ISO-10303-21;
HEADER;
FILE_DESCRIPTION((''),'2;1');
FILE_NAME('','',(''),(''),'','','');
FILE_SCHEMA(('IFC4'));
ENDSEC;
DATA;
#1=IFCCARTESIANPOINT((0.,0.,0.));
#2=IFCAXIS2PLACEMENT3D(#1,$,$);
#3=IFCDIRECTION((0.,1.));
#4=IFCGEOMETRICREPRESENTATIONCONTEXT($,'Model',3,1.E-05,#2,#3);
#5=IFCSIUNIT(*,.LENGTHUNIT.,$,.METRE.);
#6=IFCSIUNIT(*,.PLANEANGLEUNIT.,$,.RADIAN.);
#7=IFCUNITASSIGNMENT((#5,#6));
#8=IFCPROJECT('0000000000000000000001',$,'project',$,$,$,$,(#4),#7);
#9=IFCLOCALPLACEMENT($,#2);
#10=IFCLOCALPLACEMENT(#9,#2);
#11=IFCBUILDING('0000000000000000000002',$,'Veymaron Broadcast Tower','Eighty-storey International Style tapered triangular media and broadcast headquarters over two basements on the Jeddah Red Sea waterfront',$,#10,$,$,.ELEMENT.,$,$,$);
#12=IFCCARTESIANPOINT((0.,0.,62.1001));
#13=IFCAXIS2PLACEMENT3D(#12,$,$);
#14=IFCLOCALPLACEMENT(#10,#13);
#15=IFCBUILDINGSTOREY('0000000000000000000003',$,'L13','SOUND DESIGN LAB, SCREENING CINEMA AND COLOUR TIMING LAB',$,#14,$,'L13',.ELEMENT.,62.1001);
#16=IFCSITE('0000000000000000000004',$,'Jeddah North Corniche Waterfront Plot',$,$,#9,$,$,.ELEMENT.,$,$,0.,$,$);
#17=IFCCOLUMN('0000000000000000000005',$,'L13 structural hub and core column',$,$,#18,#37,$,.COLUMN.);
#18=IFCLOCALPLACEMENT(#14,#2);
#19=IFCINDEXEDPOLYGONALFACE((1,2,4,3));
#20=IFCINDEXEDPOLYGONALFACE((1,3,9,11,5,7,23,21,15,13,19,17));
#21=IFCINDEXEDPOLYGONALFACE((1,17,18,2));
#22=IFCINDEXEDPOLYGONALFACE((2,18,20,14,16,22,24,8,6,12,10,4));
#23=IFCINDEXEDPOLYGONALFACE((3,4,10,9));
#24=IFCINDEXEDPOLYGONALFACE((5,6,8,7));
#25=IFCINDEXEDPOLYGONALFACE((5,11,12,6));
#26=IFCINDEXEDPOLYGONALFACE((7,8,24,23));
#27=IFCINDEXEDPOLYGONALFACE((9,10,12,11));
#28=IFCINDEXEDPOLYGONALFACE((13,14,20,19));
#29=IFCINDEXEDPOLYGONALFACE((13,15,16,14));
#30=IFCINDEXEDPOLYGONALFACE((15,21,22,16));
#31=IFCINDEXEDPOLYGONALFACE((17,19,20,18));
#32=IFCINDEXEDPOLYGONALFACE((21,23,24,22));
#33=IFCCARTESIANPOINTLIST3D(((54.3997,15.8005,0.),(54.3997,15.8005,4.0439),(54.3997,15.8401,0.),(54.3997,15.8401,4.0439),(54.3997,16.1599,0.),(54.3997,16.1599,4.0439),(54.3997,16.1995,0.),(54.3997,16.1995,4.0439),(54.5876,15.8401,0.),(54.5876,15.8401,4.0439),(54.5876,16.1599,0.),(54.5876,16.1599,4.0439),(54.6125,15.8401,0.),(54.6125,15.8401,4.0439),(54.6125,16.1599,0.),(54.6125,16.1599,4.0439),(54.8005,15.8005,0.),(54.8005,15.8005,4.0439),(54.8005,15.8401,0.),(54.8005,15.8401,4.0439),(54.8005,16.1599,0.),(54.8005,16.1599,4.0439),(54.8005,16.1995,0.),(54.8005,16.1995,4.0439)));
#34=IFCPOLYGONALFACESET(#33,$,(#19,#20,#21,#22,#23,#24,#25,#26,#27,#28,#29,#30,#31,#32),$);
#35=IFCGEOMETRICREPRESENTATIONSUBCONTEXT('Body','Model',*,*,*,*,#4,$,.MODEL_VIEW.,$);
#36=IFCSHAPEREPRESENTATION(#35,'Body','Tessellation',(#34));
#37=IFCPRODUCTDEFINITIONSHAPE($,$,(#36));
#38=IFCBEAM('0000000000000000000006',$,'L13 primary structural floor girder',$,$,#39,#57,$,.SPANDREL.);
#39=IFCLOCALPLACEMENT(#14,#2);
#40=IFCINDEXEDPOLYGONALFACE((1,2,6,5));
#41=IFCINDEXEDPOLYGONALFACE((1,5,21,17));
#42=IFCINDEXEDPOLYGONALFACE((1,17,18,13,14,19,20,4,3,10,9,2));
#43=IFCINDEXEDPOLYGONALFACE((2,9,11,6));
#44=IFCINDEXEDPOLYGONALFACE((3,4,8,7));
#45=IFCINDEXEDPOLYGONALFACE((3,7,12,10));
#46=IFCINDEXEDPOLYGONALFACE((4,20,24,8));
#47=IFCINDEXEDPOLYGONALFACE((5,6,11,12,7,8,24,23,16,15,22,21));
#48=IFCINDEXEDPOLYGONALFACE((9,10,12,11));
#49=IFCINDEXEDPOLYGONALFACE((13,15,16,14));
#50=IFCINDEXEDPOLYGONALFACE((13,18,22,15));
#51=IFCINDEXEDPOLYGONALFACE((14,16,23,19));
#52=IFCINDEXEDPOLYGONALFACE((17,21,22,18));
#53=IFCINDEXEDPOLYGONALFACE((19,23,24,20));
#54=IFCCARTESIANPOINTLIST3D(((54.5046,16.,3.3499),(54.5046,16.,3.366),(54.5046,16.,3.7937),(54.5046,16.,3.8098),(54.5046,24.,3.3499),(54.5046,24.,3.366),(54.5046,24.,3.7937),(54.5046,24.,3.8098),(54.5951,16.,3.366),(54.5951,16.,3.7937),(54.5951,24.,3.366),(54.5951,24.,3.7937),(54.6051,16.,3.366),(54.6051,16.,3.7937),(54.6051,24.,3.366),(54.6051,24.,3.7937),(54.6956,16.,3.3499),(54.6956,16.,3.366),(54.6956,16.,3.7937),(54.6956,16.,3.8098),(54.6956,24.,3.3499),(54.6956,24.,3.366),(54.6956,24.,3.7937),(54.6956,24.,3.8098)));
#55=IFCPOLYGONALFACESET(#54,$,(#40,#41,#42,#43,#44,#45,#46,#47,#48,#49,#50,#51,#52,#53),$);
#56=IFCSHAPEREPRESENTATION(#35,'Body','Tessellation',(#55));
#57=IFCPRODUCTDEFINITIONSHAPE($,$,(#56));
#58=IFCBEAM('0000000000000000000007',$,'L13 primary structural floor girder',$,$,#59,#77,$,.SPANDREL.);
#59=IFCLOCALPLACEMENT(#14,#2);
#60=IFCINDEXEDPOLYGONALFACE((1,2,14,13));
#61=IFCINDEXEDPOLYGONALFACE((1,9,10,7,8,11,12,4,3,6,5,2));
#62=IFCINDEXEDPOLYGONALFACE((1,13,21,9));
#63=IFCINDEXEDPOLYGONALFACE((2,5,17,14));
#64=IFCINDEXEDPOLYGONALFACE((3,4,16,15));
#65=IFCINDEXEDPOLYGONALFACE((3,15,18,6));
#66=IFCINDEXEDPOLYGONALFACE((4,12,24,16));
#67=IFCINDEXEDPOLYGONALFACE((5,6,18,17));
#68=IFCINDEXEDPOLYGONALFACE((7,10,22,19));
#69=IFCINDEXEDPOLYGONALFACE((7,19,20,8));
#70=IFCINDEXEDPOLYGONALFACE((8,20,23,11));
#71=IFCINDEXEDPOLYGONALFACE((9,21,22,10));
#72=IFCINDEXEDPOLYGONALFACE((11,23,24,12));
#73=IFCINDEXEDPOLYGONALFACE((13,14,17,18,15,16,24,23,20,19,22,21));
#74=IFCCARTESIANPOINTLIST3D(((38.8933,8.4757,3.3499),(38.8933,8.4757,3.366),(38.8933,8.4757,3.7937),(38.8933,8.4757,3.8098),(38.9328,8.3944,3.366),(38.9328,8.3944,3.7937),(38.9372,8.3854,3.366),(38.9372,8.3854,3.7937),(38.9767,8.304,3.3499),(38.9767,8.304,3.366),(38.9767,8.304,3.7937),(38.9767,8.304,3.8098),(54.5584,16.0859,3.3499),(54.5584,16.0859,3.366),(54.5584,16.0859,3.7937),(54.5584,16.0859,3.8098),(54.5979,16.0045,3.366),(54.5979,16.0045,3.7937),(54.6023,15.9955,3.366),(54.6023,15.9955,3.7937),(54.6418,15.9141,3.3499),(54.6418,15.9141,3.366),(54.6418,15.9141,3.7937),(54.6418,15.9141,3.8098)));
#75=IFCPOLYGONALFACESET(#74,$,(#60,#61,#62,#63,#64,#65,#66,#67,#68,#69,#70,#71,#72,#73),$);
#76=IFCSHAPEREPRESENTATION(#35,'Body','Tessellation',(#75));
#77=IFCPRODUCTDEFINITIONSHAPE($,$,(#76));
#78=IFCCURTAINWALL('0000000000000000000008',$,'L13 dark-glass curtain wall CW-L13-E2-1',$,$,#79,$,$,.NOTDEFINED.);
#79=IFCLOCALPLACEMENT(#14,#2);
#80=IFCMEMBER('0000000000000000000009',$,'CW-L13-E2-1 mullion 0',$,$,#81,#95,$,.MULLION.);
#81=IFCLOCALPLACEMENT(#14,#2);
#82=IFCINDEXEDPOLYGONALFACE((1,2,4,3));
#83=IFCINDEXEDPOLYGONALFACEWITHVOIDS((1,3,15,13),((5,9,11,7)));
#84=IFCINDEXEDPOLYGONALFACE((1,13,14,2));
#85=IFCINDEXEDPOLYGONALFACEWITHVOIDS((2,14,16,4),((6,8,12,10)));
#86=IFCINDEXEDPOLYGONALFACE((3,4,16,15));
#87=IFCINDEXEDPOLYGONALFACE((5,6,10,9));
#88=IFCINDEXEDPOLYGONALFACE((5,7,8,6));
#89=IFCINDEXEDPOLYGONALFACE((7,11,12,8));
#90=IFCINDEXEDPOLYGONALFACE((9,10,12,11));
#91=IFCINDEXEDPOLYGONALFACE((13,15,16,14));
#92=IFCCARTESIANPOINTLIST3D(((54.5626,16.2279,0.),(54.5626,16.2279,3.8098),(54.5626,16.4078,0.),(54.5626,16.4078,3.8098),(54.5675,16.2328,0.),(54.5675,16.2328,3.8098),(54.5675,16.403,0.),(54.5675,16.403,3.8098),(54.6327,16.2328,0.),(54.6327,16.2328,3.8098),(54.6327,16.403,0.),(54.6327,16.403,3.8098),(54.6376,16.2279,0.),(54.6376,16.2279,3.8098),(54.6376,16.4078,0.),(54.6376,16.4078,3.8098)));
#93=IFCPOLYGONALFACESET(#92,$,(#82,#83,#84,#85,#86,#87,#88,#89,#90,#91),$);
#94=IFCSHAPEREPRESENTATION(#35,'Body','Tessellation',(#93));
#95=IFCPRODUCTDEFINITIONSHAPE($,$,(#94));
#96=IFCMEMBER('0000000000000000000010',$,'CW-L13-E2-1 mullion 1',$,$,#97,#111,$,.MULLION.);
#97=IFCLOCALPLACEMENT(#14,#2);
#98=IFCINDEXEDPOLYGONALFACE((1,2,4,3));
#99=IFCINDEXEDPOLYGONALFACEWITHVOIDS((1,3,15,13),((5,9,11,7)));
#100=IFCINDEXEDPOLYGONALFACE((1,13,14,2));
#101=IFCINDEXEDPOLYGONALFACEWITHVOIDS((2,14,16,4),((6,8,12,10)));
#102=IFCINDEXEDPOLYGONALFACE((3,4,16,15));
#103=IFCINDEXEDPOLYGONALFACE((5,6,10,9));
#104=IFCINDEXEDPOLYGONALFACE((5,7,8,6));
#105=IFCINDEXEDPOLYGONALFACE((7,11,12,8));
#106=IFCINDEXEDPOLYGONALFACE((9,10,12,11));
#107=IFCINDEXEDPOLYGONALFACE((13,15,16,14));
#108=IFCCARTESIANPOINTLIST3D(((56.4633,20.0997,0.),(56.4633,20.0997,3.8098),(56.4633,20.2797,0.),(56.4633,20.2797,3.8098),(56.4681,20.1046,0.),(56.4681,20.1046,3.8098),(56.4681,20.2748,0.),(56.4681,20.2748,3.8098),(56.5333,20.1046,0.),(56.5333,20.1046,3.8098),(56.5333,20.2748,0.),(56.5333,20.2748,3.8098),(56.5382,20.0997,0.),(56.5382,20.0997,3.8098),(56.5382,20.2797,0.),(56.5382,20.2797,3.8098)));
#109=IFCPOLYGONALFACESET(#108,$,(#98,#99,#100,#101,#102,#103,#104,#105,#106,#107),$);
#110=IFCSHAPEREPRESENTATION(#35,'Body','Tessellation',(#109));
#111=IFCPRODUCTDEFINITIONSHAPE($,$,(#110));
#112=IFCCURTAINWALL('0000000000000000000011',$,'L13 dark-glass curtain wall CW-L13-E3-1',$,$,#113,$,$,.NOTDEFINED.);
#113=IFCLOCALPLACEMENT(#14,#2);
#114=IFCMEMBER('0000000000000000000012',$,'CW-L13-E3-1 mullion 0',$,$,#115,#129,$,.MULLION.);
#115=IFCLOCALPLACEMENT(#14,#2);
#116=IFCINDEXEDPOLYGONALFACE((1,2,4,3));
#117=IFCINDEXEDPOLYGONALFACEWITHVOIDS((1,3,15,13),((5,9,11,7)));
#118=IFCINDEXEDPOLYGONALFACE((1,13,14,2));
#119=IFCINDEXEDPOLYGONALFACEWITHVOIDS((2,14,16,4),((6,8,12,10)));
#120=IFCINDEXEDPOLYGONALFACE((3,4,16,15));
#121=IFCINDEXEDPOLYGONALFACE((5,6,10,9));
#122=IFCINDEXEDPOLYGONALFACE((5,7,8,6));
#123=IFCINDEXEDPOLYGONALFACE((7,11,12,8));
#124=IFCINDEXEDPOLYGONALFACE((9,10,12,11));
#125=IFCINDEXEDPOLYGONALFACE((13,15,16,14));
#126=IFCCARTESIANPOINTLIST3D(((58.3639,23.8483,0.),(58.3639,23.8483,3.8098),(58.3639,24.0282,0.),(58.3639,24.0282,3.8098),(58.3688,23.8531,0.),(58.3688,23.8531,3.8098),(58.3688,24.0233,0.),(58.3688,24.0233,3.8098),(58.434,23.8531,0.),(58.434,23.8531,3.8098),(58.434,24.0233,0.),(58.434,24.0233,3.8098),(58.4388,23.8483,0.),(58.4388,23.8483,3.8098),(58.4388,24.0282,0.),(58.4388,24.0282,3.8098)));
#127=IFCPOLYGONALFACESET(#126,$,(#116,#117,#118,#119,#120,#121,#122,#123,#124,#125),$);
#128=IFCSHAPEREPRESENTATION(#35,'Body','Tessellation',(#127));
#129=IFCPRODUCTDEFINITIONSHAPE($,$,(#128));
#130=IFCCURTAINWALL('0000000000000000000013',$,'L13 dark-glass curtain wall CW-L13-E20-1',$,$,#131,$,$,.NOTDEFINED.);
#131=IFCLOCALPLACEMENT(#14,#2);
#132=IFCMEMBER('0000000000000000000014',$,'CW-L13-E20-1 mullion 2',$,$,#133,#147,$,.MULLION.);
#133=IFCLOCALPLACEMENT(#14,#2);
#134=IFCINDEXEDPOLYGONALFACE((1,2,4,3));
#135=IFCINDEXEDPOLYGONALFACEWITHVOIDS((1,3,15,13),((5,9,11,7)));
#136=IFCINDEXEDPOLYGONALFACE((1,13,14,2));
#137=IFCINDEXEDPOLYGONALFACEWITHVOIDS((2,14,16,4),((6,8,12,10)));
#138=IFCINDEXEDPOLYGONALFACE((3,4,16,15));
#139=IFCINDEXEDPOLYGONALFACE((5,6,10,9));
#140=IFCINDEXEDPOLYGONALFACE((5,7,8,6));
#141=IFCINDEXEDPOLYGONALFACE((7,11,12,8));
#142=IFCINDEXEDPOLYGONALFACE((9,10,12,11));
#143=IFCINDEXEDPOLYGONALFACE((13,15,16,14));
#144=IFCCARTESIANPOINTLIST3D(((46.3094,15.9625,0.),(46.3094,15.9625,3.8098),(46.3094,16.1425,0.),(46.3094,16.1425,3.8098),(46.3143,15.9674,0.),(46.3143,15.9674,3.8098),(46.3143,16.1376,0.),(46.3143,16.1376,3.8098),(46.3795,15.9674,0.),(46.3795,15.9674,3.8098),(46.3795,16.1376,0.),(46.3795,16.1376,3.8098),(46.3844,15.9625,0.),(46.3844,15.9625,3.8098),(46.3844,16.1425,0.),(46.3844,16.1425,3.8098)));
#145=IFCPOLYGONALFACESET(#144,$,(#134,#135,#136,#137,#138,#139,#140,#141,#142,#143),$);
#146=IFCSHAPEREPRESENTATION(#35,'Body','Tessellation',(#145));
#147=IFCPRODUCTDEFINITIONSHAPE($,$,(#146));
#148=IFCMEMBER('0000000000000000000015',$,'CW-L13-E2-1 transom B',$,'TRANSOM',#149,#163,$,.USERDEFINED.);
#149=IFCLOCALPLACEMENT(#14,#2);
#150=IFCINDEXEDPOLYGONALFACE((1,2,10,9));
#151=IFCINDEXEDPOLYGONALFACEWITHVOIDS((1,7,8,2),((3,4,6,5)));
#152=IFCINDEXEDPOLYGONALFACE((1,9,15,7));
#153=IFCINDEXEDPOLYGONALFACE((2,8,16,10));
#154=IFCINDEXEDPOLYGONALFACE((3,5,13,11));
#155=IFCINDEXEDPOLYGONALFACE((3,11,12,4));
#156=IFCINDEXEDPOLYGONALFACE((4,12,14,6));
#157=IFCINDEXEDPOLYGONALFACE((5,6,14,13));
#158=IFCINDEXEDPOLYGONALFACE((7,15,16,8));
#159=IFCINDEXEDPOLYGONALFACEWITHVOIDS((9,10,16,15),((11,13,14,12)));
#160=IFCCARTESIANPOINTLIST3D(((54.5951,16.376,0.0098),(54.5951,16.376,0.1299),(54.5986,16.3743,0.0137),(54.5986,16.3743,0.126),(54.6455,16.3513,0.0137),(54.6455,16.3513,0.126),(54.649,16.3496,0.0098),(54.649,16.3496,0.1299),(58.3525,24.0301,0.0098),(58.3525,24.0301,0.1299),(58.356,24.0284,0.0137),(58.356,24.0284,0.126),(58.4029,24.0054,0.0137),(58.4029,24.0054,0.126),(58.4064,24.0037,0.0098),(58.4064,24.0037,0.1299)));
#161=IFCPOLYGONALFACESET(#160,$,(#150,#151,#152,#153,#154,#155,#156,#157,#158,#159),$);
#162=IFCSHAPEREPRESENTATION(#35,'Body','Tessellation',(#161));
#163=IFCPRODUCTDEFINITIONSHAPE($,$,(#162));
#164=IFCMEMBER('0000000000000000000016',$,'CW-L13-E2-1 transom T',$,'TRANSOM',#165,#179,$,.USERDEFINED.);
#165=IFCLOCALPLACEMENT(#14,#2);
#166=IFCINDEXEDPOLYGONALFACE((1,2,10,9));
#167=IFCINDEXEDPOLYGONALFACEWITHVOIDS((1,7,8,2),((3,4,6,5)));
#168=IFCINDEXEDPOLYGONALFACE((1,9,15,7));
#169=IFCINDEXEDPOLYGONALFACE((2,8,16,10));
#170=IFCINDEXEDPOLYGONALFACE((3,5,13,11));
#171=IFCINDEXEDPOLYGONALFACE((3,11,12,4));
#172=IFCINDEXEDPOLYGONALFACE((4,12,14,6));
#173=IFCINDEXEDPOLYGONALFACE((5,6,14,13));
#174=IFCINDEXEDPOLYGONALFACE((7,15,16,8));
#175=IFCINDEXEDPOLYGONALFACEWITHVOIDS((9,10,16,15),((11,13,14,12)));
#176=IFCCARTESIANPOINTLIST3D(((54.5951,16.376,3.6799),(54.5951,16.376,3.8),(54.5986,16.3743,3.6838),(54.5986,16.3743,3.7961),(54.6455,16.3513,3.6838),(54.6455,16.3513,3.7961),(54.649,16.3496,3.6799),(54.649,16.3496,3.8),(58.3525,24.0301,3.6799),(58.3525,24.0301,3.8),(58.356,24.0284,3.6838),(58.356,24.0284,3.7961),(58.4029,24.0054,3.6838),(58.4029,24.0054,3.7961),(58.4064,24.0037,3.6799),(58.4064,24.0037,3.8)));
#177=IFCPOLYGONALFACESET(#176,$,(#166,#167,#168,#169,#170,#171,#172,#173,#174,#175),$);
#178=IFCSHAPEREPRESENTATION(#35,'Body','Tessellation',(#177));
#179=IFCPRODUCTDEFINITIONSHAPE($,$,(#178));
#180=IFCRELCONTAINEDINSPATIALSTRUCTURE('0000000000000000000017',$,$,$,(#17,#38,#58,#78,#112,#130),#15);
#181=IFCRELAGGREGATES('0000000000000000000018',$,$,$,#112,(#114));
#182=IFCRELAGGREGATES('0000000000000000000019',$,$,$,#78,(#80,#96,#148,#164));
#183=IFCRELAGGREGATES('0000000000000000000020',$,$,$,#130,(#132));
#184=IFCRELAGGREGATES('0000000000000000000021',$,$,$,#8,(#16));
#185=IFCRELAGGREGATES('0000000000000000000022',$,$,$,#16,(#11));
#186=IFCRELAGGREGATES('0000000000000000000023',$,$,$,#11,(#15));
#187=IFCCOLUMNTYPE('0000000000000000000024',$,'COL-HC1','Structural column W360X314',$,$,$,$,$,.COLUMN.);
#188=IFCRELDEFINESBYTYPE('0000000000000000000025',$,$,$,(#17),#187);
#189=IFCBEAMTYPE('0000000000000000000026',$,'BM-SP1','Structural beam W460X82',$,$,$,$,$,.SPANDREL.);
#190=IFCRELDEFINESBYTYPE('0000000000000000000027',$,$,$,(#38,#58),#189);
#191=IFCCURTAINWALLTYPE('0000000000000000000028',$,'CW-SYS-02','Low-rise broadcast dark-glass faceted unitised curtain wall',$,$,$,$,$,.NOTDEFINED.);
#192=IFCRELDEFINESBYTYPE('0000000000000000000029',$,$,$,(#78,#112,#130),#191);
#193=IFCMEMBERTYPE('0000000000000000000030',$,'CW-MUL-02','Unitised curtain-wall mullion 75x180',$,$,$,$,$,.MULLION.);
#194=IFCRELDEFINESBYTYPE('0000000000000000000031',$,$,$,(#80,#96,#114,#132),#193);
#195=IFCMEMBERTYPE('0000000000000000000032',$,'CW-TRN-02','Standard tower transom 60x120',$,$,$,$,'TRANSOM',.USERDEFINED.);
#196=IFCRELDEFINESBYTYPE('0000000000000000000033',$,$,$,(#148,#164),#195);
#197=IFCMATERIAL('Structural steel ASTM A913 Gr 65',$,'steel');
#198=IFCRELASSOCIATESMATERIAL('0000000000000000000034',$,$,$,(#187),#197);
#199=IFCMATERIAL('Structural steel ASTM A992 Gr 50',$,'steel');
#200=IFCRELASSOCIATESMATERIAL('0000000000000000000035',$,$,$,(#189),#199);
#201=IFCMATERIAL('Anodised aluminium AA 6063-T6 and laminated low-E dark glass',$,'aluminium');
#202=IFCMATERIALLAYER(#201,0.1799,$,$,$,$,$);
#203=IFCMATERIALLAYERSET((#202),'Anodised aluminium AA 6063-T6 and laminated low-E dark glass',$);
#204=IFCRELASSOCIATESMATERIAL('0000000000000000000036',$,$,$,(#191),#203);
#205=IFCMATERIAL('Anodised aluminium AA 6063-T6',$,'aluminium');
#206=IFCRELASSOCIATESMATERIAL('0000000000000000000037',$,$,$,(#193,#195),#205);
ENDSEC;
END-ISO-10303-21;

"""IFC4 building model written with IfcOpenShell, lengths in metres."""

from ifc_helpers import new_model, si_unit, direction, frame, origin, origin_2d, place, context, subcontext, project, spatial, hollow_rectangle, i_section, extrude, material, layer, layer_set, material_profile, profile_set, type_object, element, aggregate, save


model = new_model("IFC4")

# Units and contexts
model_context = context("Model", 3, precision=1e-05, world=origin(), true_north=direction((0.0, 1.0)))
body_context = subcontext(model_context, "Body", "Model", "MODEL_VIEW")
ifc_project = project(units=[si_unit("LENGTHUNIT", "METRE"), si_unit("PLANEANGLEUNIT", "RADIAN")], contexts=[model_context])

# Site, building, storey
site_placement = place(None, origin())
site = spatial("IfcSite", under=ifc_project, at=site_placement, Name="Jeddah North Corniche Waterfront Plot", CompositionType="ELEMENT", RefElevation=0.0)
building_placement = place(site_placement, origin())
building = spatial("IfcBuilding", under=site, at=building_placement, Name="Veymaron Broadcast Tower", Description="Eighty-storey International Style tapered triangular media and broadcast headquarters over two basements on the Jeddah Red Sea waterfront", CompositionType="ELEMENT")
storey_placement = place(building_placement, frame((0.0, 0.0, 62.1001)))
storey = spatial("IfcBuildingStorey", under=building, at=storey_placement, Name="L13", Description="SOUND DESIGN LAB, SCREENING CINEMA AND COLOUR TIMING LAB", LongName="L13", CompositionType="ELEMENT", Elevation=62.1001)

# Column
ifc_material_1 = material(Name="Structural steel ASTM A913 Gr 65", Category="steel")
ifc_material_profile_1 = material_profile(ifc_material_1, i_section(OverallWidth=0.4009, OverallDepth=0.3989, WebThickness=0.0249, FlangeThickness=0.0396, at=origin_2d()), Name="W360X314")
ifc_profile_set_1 = profile_set([ifc_material_profile_1], Name="Structural steel ASTM A913 Gr 65")
column_type = type_object("IfcColumnType", Name="COL-HC1", Description="Structural column W360X314", PredefinedType="COLUMN", material=ifc_profile_set_1)
column_placement = place(storey_placement, frame((54.6001, 16.0, 0.0), z_axis=(0.0, 0.0, 1.0), x_axis=(1.0, 0.0, 0.0)))
element("IfcColumn", 1, at=column_placement, inside=storey, type_object=column_type, Name="L13 structural hub and core column", PredefinedType="COLUMN", context=body_context, shape_type="SweptSolid", body=[
    extrude(i_section(OverallWidth=0.4009, OverallDepth=0.3989, WebThickness=0.0249, FlangeThickness=0.0396, at=origin_2d()), origin(), (0.0, 0.0, 1.0), 4.0439),
])

# Beams
ifc_material_2 = material(Name="Structural steel ASTM A992 Gr 50", Category="steel")
ifc_material_profile_2 = material_profile(ifc_material_2, i_section(OverallWidth=0.1909, OverallDepth=0.46, WebThickness=0.01, FlangeThickness=0.0161, at=origin_2d()), Name="W460X82")
ifc_profile_set_2 = profile_set([ifc_material_profile_2], Name="Structural steel ASTM A992 Gr 50")
beam_type = type_object("IfcBeamType", Name="BM-SP1", Description="Structural beam W460X82", PredefinedType="SPANDREL", material=ifc_profile_set_2)
beam_1_placement = place(storey_placement, frame((54.6001, 16.0, 3.5798), z_axis=(0.0, 1.0, 0.0), x_axis=(-1.0, 0.0, 0.0)))
element("IfcBeam", 2, at=beam_1_placement, inside=storey, type_object=beam_type, Name="L13 primary structural floor girder", PredefinedType="SPANDREL", context=body_context, shape_type="SweptSolid", body=[
    extrude(i_section(OverallWidth=0.1909, OverallDepth=0.46, WebThickness=0.01, FlangeThickness=0.0161, at=origin_2d()), origin(), (0.0, 0.0, 1.0), 8.0),
])
beam_2_placement = place(storey_placement, frame((54.6001, 16.0, 3.5798), z_axis=(-0.899477, -0.436968, 0.0), x_axis=(0.436968, -0.899477, 0.0)))
element("IfcBeam", 3, at=beam_2_placement, inside=storey, type_object=beam_type, Name="L13 primary structural floor girder", PredefinedType="SPANDREL", context=body_context, shape_type="SweptSolid", body=[
    extrude(i_section(OverallWidth=0.1909, OverallDepth=0.46, WebThickness=0.01, FlangeThickness=0.0161, at=origin_2d()), origin(), (0.0, 0.0, 1.0), 17.4158),
])

# Curtain wall, members
ifc_material_3 = material(Name="Anodised aluminium AA 6063-T6 and laminated low-E dark glass", Category="aluminium")
ifc_layer_1 = layer(ifc_material_3, 0.1799)
ifc_layer_set_1 = layer_set([ifc_layer_1], Name="Anodised aluminium AA 6063-T6 and laminated low-E dark glass")
curtain_wall_type = type_object("IfcCurtainWallType", Name="CW-SYS-02", Description="Low-rise broadcast dark-glass faceted unitised curtain wall", PredefinedType="NOTDEFINED", material=ifc_layer_set_1)
curtain_wall_1_placement = place(storey_placement, origin())
curtain_wall_1 = element("IfcCurtainWall", 4, at=curtain_wall_1_placement, inside=storey, type_object=curtain_wall_type, Name="L13 dark-glass curtain wall CW-L13-E2-1", PredefinedType="NOTDEFINED")
ifc_material_4 = material(Name="Anodised aluminium AA 6063-T6", Category="aluminium")
ifc_material_profile_3 = material_profile(ifc_material_4, hollow_rectangle(XDim=0.075, YDim=0.1799, WallThickness=0.0049, at=origin_2d()), Name="AL180X75X5")
ifc_profile_set_3 = profile_set([ifc_material_profile_3], Name="Anodised aluminium AA 6063-T6")
member_type_1 = type_object("IfcMemberType", Name="CW-MUL-02", Description="Unitised curtain-wall mullion 75x180", PredefinedType="MULLION", material=ifc_profile_set_3)
member_1_placement = place(storey_placement, frame((54.6001, 16.3179, 0.0), z_axis=(0.0, 0.0, 1.0), x_axis=(1.0, 0.0, 0.0)))
member_1 = element("IfcMember", 5, at=member_1_placement, type_object=member_type_1, Name="CW-L13-E2-1 mullion 0", PredefinedType="MULLION", context=body_context, shape_type="SweptSolid", body=[
    extrude(hollow_rectangle(XDim=0.075, YDim=0.1799, WallThickness=0.0049, at=origin_2d()), origin(), (0.0, 0.0, 1.0), 3.8098),
])
member_2_placement = place(storey_placement, frame((56.5007, 20.1897, 0.0), z_axis=(0.0, 0.0, 1.0), x_axis=(1.0, 0.0, 0.0)))
member_2 = element("IfcMember", 6, at=member_2_placement, type_object=member_type_1, Name="CW-L13-E2-1 mullion 1", PredefinedType="MULLION", context=body_context, shape_type="SweptSolid", body=[
    extrude(hollow_rectangle(XDim=0.075, YDim=0.1799, WallThickness=0.0049, at=origin_2d()), origin(), (0.0, 0.0, 1.0), 3.8098),
])

# Curtain walls, members
curtain_wall_2_placement = place(storey_placement, origin())
curtain_wall_2 = element("IfcCurtainWall", 7, at=curtain_wall_2_placement, inside=storey, type_object=curtain_wall_type, Name="L13 dark-glass curtain wall CW-L13-E3-1", PredefinedType="NOTDEFINED")
member_3_placement = place(storey_placement, frame((58.4014, 23.9382, 0.0), z_axis=(0.0, 0.0, 1.0), x_axis=(1.0, 0.0, 0.0)))
member_3 = element("IfcMember", 8, at=member_3_placement, type_object=member_type_1, Name="CW-L13-E3-1 mullion 0", PredefinedType="MULLION", context=body_context, shape_type="SweptSolid", body=[
    extrude(hollow_rectangle(XDim=0.075, YDim=0.1799, WallThickness=0.0049, at=origin_2d()), origin(), (0.0, 0.0, 1.0), 3.8098),
])
curtain_wall_3_placement = place(storey_placement, origin())
curtain_wall_3 = element("IfcCurtainWall", 9, at=curtain_wall_3_placement, inside=storey, type_object=curtain_wall_type, Name="L13 dark-glass curtain wall CW-L13-E20-1", PredefinedType="NOTDEFINED")
member_4_placement = place(storey_placement, frame((46.3469, 16.0525, 0.0), z_axis=(0.0, 0.0, 1.0), x_axis=(1.0, 0.0, 0.0)))
member_4 = element("IfcMember", 10, at=member_4_placement, type_object=member_type_1, Name="CW-L13-E20-1 mullion 2", PredefinedType="MULLION", context=body_context, shape_type="SweptSolid", body=[
    extrude(hollow_rectangle(XDim=0.075, YDim=0.1799, WallThickness=0.0049, at=origin_2d()), origin(), (0.0, 0.0, 1.0), 3.8098),
])

# Members
ifc_material_profile_4 = material_profile(ifc_material_4, hollow_rectangle(XDim=0.0601, YDim=0.1201, WallThickness=0.0039, at=origin_2d()), Name="AL120X60X4")
ifc_profile_set_4 = profile_set([ifc_material_profile_4], Name="Anodised aluminium AA 6063-T6")
member_type_2 = type_object("IfcMemberType", Name="CW-TRN-02", Description="Standard tower transom 60x120", ElementType="TRANSOM", PredefinedType="USERDEFINED", material=ifc_profile_set_4)
member_5_placement = place(storey_placement, frame((54.6221, 16.3628, 0.0698), z_axis=(0.440662, 0.897673, 0.0), x_axis=(-0.897673, 0.440662, 0.0)))
member_5 = element("IfcMember", 11, at=member_5_placement, type_object=member_type_2, Name="CW-L13-E2-1 transom B", ObjectType="TRANSOM", PredefinedType="USERDEFINED", context=body_context, shape_type="SweptSolid", body=[
    extrude(hollow_rectangle(XDim=0.0601, YDim=0.1201, WallThickness=0.0039, at=origin_2d()), origin(), (0.0, 0.0, 1.0), 8.5266),
])
member_6_placement = place(storey_placement, frame((54.6221, 16.3628, 3.74), z_axis=(0.440662, 0.897673, 0.0), x_axis=(-0.897673, 0.440662, 0.0)))
member_6 = element("IfcMember", 12, at=member_6_placement, type_object=member_type_2, Name="CW-L13-E2-1 transom T", ObjectType="TRANSOM", PredefinedType="USERDEFINED", context=body_context, shape_type="SweptSolid", body=[
    extrude(hollow_rectangle(XDim=0.0601, YDim=0.1201, WallThickness=0.0039, at=origin_2d()), origin(), (0.0, 0.0, 1.0), 8.5266),
])
aggregate(curtain_wall_2, [member_3])

aggregate(curtain_wall_1, [member_1, member_2, member_5, member_6])
aggregate(curtain_wall_3, [member_4])

save(model, "model.ifc")
